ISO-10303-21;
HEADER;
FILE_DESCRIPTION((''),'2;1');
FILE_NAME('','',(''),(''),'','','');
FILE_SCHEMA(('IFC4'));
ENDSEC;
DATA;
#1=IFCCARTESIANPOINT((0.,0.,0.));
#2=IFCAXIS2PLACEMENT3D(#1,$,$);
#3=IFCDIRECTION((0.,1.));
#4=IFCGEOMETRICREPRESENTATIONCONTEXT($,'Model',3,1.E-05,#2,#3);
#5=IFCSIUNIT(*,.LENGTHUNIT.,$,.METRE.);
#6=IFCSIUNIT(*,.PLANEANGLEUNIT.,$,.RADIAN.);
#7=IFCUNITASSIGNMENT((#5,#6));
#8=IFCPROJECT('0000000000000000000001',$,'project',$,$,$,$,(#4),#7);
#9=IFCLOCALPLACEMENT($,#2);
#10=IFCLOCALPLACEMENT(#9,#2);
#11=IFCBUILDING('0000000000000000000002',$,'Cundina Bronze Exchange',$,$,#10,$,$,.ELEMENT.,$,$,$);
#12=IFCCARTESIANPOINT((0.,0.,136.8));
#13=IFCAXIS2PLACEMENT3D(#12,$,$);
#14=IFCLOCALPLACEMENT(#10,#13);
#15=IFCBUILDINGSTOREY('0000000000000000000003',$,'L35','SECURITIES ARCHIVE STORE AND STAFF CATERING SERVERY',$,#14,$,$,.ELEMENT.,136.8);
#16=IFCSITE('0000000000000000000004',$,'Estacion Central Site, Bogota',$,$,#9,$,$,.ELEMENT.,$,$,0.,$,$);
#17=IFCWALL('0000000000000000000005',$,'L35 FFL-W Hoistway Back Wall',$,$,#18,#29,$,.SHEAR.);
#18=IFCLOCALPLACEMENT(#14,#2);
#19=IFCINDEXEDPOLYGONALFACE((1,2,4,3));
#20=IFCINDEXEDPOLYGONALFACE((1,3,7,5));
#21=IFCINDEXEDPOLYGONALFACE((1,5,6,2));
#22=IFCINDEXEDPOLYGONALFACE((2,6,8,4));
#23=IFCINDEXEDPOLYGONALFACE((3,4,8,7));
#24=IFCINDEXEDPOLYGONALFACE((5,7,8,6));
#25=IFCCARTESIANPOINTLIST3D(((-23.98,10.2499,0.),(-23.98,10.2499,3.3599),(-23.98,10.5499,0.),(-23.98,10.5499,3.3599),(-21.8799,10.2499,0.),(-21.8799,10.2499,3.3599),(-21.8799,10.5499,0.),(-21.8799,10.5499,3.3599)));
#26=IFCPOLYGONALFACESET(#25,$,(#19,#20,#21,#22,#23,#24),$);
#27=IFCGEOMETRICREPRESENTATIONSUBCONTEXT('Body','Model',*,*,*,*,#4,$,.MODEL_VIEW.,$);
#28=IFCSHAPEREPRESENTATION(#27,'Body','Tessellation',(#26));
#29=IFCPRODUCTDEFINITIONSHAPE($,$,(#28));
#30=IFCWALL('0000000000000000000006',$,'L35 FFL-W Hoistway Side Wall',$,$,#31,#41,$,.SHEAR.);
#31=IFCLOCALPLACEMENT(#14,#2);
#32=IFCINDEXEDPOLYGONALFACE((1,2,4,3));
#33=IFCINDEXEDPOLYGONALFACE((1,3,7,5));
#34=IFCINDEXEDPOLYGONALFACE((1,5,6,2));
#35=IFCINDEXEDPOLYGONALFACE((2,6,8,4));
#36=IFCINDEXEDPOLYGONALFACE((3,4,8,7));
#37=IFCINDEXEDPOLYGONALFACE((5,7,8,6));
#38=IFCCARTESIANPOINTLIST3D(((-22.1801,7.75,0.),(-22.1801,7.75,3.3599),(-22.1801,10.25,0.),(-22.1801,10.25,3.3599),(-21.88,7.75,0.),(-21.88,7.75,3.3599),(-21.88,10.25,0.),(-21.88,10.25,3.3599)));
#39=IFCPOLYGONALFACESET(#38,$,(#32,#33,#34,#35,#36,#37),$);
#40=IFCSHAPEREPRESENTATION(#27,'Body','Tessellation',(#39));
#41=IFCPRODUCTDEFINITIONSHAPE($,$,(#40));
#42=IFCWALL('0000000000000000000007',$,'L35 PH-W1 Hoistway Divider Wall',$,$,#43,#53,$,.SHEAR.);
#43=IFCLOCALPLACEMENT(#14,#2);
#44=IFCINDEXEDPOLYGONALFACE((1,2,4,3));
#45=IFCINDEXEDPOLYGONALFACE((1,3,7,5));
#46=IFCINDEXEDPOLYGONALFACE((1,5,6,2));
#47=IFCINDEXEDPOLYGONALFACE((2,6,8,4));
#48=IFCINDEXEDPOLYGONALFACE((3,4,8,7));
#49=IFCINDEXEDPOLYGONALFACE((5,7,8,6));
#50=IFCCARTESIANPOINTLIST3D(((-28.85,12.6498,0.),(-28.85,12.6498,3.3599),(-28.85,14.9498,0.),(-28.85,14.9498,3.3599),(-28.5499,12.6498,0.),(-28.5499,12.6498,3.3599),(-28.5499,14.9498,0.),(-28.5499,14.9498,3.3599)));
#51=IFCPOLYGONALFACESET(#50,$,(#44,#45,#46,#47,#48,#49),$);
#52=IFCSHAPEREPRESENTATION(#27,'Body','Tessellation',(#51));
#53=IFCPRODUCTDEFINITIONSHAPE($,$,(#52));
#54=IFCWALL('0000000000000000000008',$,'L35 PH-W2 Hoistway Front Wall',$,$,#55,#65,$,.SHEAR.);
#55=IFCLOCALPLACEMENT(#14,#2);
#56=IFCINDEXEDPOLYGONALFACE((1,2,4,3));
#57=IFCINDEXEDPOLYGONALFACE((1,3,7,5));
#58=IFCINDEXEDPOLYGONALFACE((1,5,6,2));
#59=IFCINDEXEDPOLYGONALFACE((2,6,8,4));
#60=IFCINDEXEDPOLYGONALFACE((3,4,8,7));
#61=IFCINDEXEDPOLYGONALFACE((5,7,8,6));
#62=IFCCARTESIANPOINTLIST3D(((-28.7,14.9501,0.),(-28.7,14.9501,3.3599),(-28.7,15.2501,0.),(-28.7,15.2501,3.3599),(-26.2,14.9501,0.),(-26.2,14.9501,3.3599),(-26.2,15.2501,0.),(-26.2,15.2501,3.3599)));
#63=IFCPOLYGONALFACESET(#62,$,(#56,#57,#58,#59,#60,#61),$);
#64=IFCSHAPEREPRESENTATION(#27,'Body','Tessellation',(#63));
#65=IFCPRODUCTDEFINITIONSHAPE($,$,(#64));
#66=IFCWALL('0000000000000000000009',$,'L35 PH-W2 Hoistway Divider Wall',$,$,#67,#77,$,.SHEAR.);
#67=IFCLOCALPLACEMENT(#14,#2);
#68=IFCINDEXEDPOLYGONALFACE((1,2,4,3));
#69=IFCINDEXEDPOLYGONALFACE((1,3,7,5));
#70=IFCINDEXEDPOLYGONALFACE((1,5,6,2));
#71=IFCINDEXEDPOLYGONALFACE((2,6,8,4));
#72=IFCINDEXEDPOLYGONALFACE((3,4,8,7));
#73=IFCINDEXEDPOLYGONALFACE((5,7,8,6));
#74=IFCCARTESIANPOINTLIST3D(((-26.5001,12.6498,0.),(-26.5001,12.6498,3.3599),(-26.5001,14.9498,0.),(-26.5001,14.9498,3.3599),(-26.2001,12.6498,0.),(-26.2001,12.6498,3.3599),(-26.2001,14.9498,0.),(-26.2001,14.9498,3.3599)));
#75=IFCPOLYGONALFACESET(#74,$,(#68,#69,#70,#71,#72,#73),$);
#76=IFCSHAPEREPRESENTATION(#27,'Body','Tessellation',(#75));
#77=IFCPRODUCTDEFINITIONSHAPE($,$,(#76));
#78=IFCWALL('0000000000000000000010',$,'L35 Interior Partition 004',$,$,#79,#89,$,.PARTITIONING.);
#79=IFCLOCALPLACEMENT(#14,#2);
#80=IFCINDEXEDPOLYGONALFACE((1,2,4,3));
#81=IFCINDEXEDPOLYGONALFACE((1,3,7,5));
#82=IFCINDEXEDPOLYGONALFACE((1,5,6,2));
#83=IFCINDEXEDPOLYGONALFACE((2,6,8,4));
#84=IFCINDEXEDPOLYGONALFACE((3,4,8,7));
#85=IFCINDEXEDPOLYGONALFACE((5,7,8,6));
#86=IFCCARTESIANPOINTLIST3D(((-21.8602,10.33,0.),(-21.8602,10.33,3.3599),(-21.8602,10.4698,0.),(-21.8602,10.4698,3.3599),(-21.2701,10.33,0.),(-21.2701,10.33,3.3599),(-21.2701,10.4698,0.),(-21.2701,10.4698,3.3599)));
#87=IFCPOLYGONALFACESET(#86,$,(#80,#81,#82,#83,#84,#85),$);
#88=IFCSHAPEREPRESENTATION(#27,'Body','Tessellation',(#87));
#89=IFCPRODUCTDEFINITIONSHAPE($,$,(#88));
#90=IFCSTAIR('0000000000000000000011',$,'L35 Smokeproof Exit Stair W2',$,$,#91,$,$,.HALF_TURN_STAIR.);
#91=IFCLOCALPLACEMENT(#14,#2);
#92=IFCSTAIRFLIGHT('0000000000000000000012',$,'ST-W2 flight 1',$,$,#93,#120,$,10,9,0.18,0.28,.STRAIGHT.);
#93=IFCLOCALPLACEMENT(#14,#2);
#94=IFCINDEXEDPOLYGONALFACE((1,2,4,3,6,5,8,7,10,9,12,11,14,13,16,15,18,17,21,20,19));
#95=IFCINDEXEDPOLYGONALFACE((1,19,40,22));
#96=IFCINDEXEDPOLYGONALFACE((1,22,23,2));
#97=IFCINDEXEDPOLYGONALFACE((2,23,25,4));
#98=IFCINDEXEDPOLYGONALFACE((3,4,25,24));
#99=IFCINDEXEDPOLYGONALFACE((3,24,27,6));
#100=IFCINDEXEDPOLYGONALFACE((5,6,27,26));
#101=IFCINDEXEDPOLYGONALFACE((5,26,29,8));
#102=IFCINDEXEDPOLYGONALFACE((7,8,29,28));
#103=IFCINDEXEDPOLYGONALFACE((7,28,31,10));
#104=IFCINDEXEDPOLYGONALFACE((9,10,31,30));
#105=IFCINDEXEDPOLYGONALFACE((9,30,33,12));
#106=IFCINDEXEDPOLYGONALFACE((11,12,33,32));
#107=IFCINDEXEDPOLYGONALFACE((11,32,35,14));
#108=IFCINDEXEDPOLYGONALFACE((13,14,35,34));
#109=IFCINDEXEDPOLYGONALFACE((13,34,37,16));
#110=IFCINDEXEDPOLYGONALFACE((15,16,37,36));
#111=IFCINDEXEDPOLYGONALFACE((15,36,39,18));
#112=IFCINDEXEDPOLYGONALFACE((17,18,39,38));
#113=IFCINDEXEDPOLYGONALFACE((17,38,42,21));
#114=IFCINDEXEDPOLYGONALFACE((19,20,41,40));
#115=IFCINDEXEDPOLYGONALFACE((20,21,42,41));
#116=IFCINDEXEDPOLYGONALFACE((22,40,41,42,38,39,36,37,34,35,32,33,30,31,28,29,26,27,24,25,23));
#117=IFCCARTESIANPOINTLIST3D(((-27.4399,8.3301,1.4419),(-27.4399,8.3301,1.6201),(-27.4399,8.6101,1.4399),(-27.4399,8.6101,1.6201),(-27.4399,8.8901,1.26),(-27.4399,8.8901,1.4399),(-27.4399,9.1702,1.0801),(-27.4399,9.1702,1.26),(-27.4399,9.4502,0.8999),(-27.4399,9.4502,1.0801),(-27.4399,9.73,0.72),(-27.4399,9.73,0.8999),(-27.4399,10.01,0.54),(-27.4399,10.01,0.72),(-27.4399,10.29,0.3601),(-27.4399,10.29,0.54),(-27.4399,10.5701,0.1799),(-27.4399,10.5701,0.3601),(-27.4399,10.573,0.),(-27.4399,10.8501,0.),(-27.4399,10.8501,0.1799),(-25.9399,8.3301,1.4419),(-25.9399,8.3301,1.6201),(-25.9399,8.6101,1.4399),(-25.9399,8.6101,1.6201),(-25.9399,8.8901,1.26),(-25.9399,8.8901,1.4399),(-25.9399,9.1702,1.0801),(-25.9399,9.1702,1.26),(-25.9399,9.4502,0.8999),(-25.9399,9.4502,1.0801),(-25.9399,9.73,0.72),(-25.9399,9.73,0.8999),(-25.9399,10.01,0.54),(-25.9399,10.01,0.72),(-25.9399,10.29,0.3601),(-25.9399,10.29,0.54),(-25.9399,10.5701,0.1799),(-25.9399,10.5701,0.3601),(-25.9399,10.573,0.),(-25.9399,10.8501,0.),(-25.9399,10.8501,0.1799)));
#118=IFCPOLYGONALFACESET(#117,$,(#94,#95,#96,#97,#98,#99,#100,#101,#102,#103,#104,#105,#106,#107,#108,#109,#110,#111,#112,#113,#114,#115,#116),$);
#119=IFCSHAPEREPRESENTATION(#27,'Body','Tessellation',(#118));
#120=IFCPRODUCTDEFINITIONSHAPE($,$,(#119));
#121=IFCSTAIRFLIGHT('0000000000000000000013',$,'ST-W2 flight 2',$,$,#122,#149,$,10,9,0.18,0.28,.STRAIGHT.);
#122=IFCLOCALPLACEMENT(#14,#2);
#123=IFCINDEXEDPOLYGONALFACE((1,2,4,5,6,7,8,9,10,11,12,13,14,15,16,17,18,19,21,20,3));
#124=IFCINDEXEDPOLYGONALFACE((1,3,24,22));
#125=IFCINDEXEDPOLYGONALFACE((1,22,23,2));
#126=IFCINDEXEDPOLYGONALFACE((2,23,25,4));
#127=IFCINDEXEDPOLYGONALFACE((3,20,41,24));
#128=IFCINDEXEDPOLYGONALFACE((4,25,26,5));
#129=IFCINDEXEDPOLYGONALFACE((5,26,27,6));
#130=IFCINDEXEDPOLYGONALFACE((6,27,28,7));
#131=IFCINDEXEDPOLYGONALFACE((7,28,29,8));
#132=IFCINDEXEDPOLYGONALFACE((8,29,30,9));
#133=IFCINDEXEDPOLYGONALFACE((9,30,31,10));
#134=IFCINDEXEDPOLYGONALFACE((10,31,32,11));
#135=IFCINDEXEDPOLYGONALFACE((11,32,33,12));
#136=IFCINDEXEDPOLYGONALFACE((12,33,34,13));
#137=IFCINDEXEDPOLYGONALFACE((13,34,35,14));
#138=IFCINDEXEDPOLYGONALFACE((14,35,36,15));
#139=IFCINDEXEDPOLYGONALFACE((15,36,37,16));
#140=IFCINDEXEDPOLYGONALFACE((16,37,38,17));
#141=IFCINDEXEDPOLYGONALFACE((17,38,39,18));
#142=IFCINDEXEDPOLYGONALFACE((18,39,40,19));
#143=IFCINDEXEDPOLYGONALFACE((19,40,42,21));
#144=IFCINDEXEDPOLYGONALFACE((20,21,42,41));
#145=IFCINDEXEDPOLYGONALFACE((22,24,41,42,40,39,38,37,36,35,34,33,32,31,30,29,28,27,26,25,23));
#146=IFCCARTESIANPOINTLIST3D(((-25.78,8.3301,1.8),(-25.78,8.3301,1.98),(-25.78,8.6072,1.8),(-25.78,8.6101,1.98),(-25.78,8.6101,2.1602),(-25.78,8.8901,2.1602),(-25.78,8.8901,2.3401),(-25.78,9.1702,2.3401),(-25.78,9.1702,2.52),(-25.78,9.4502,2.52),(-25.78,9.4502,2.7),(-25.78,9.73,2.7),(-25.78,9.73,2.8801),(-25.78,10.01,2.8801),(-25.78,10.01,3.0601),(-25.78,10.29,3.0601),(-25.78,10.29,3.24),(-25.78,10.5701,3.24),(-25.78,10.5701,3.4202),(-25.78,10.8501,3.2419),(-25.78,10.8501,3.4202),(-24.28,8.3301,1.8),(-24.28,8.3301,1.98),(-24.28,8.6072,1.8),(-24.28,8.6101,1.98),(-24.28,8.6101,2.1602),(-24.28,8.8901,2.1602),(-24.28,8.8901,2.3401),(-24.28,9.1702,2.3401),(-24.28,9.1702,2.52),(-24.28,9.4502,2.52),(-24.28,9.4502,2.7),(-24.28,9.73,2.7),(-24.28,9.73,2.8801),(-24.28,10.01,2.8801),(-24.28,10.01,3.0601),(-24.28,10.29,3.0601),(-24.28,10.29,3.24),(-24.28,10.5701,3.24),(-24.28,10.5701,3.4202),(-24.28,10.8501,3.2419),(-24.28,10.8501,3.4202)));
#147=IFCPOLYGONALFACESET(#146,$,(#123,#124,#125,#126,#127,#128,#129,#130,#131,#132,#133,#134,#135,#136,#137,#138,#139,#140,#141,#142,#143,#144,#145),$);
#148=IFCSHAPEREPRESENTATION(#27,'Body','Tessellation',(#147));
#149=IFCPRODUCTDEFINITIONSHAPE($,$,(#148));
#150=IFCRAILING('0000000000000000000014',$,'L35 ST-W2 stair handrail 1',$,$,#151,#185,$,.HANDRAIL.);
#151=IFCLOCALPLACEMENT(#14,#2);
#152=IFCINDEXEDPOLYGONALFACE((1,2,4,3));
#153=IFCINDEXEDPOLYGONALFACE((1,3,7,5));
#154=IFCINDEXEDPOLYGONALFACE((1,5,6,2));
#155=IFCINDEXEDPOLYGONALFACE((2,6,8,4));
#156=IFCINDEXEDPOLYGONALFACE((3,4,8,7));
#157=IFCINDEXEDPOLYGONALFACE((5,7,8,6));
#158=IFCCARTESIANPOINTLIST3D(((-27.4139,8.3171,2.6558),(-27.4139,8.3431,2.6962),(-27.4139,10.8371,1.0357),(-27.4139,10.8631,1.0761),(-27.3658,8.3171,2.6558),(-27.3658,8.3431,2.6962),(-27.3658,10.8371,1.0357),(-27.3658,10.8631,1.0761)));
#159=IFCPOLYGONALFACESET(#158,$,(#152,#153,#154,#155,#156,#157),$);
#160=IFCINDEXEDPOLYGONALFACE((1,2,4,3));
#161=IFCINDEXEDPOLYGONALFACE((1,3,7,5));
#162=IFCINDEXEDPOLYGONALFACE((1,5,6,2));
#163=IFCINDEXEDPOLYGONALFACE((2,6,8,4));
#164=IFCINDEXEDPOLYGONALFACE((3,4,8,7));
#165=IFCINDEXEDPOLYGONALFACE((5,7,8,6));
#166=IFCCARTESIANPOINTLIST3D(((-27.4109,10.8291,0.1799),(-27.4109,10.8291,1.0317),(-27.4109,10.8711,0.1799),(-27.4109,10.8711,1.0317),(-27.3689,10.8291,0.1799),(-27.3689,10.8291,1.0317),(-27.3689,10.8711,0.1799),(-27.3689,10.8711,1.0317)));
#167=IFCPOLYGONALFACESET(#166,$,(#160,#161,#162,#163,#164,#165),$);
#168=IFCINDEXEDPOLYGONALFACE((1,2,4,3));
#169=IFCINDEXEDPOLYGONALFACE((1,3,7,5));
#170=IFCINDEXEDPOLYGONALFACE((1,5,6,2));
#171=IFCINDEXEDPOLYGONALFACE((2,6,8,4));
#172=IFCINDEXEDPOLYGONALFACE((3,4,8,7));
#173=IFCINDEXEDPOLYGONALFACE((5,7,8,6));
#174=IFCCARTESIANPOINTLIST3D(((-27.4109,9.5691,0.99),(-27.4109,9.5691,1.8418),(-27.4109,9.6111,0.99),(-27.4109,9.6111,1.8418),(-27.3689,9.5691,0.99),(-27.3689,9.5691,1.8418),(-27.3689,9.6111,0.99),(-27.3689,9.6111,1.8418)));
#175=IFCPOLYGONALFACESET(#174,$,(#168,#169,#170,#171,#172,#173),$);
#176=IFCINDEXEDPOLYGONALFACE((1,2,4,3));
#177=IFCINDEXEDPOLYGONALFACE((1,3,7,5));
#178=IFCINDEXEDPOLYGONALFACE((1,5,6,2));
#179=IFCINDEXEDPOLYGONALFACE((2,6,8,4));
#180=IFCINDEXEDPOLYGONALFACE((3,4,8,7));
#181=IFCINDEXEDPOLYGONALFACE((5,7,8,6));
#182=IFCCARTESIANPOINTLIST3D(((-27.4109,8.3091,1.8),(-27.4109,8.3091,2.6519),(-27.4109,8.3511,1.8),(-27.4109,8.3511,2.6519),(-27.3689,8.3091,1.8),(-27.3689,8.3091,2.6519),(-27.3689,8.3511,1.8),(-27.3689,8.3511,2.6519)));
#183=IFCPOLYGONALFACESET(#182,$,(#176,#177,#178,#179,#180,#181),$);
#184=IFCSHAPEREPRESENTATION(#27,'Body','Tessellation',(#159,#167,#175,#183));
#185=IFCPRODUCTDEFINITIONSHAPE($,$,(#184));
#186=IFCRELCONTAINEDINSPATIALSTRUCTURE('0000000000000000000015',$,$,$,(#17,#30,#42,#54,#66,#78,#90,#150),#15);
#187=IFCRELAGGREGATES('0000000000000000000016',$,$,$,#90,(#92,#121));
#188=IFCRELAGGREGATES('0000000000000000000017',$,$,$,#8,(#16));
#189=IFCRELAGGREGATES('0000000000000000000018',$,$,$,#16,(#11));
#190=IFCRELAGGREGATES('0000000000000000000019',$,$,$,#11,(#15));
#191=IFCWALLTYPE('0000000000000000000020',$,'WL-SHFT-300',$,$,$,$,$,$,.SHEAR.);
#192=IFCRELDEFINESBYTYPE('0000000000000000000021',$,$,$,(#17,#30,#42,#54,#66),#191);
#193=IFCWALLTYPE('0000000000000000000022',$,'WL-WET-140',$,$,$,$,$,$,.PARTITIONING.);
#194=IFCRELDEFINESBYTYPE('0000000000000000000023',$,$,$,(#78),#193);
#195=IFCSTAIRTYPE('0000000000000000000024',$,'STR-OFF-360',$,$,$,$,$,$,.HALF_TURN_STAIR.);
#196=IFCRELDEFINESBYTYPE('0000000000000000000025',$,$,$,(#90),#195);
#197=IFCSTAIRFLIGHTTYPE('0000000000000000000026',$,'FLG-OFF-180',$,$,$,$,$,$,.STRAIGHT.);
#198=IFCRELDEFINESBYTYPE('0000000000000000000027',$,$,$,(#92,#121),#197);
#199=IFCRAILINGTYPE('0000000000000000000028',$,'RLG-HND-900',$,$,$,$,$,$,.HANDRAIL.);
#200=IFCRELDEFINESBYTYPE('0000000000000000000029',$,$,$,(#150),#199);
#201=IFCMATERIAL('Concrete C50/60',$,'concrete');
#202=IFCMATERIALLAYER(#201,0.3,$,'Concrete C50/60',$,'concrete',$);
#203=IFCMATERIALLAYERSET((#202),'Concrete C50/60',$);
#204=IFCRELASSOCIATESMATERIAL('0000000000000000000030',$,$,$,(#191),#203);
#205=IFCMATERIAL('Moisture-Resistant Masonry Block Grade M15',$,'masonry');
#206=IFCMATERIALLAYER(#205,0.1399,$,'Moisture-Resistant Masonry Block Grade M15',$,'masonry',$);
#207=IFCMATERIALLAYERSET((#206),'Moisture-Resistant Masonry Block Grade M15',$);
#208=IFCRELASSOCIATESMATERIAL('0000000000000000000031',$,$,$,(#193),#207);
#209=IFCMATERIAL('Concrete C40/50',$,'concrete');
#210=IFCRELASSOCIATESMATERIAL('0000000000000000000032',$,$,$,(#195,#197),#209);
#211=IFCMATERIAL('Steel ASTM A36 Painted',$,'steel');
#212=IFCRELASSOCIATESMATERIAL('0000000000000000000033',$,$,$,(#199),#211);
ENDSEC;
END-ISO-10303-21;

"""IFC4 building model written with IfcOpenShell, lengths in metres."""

from ifc_helpers import new_model, si_unit, direction, frame, frame_2d, origin, origin_2d, place, context, subcontext, project, spatial, polyline, rectangle, outline, extrude, material, layer, layer_set, type_object, element, aggregate, save


model = new_model("IFC4")

# Units and contexts
model_context = context("Model", 3, precision=1e-05, world=origin(), true_north=direction((0.0, 1.0)))
body_context = subcontext(model_context, "Body", "Model", "MODEL_VIEW")
ifc_project = project(units=[si_unit("LENGTHUNIT", "METRE"), si_unit("PLANEANGLEUNIT", "RADIAN")], contexts=[model_context])

# Site, building, storey
site_placement = place(None, origin())
site = spatial("IfcSite", under=ifc_project, at=site_placement, Name="Estacion Central Site, Bogota", CompositionType="ELEMENT", RefElevation=0.0)
building_placement = place(site_placement, origin())
building = spatial("IfcBuilding", under=site, at=building_placement, Name="Cundina Bronze Exchange", CompositionType="ELEMENT")
storey_placement = place(building_placement, frame((0.0, 0.0, 136.8)))
storey = spatial("IfcBuildingStorey", under=building, at=storey_placement, Name="L35", Description="SECURITIES ARCHIVE STORE AND STAFF CATERING SERVERY", CompositionType="ELEMENT", Elevation=136.8)

# Shared definitions
ifc_material_1 = material(Name="Concrete C50/60", Category="concrete")

# Shared definitions
ifc_layer_1 = layer(ifc_material_1, 0.3, Name="Concrete C50/60", Category="concrete")
ifc_layer_set_1 = layer_set([ifc_layer_1], Name="Concrete C50/60")
wall_type_1 = type_object("IfcWallType", Name="WL-SHFT-300", PredefinedType="SHEAR", material=ifc_layer_set_1)
ifc_material_2 = material(Name="Steel ASTM A36 Painted", Category="steel")

# Walls
wall_1_placement = place(storey_placement, frame((-23.98, 10.3999, 0.0), z_axis=(0.0, 0.0, 1.0), x_axis=(1.0, 0.0, 0.0)))
element("IfcWall", 1, at=wall_1_placement, inside=storey, type_object=wall_type_1, Name="L35 FFL-W Hoistway Back Wall", PredefinedType="SHEAR", context=body_context, shape_type="SweptSolid", body=[
    extrude(rectangle(XDim=2.1001, YDim=0.3, at=frame_2d((1.05, 0.0))), origin(), (0.0, 0.0, 1.0), 3.3599),
])
wall_2_placement = place(storey_placement, frame((-22.03, 7.75, 0.0), z_axis=(0.0, 0.0, 1.0), x_axis=(0.0, 1.0, 0.0)))
element("IfcWall", 2, at=wall_2_placement, inside=storey, type_object=wall_type_1, Name="L35 FFL-W Hoistway Side Wall", PredefinedType="SHEAR", context=body_context, shape_type="SweptSolid", body=[
    extrude(rectangle(XDim=2.5, YDim=0.3, at=frame_2d((1.25, 0.0))), origin(), (0.0, 0.0, 1.0), 3.3599),
])
wall_3_placement = place(storey_placement, frame((-28.7, 12.6499, 0.0), z_axis=(0.0, 0.0, 1.0), x_axis=(0.0, 1.0, 0.0)))
element("IfcWall", 3, at=wall_3_placement, inside=storey, type_object=wall_type_1, Name="L35 PH-W1 Hoistway Divider Wall", PredefinedType="SHEAR", context=body_context, shape_type="SweptSolid", body=[
    extrude(rectangle(XDim=2.3, YDim=0.3, at=frame_2d((1.1499, 0.0))), origin(), (0.0, 0.0, 1.0), 3.3599),
])
wall_4_placement = place(storey_placement, frame((-28.7, 15.1001, 0.0), z_axis=(0.0, 0.0, 1.0), x_axis=(1.0, 0.0, 0.0)))
element("IfcWall", 4, at=wall_4_placement, inside=storey, type_object=wall_type_1, Name="L35 PH-W2 Hoistway Front Wall", PredefinedType="SHEAR", context=body_context, shape_type="SweptSolid", body=[
    extrude(rectangle(XDim=2.5, YDim=0.3, at=frame_2d((1.25, 0.0))), origin(), (0.0, 0.0, 1.0), 3.3599),
])
wall_5_placement = place(storey_placement, frame((-26.3501, 12.6499, 0.0), z_axis=(0.0, 0.0, 1.0), x_axis=(0.0, 1.0, 0.0)))
element("IfcWall", 5, at=wall_5_placement, inside=storey, type_object=wall_type_1, Name="L35 PH-W2 Hoistway Divider Wall", PredefinedType="SHEAR", context=body_context, shape_type="SweptSolid", body=[
    extrude(rectangle(XDim=2.3, YDim=0.3, at=frame_2d((1.1499, 0.0))), origin(), (0.0, 0.0, 1.0), 3.3599),
])
ifc_material_3 = material(Name="Moisture-Resistant Masonry Block Grade M15", Category="masonry")
ifc_layer_2 = layer(ifc_material_3, 0.1399, Name="Moisture-Resistant Masonry Block Grade M15", Category="masonry")
ifc_layer_set_2 = layer_set([ifc_layer_2], Name="Moisture-Resistant Masonry Block Grade M15")
wall_type_2 = type_object("IfcWallType", Name="WL-WET-140", PredefinedType="PARTITIONING", material=ifc_layer_set_2)
wall_6_placement = place(storey_placement, frame((-21.8601, 10.3999, 0.0), z_axis=(0.0, 0.0, 1.0), x_axis=(1.0, 0.0, 0.0)))
element("IfcWall", 6, at=wall_6_placement, inside=storey, type_object=wall_type_2, Name="L35 Interior Partition 004", PredefinedType="PARTITIONING", context=body_context, shape_type="SweptSolid", body=[
    extrude(rectangle(XDim=0.5901, YDim=0.1399, at=frame_2d((0.2949, 0.0))), origin(), (0.0, 0.0, 1.0), 3.3599),
])

# Stair, stair flights
ifc_material_4 = material(Name="Concrete C40/50", Category="concrete")
stair_type = type_object("IfcStairType", Name="STR-OFF-360", PredefinedType="HALF_TURN_STAIR", material=ifc_material_4)
stair_placement = place(storey_placement, origin())
stair = element("IfcStair", 7, at=stair_placement, inside=storey, type_object=stair_type, Name="L35 Smokeproof Exit Stair W2", PredefinedType="HALF_TURN_STAIR")
stair_flight_type = type_object("IfcStairFlightType", Name="FLG-OFF-180", PredefinedType="STRAIGHT", material=ifc_material_4)
stair_flight_1_placement = place(storey_placement, frame((-26.6899, 10.8501, 0.0), z_axis=(0.0, 0.0, 1.0), x_axis=(0.0, -1.0, 0.0)))
stair_flight_1 = element("IfcStairFlight", 8, at=stair_flight_1_placement, type_object=stair_flight_type, Name="ST-W2 flight 1", NumberOfRisers=10, NumberOfTreads=9, PredefinedType="STRAIGHT", RiserHeight=0.18, TreadLength=0.28, context=body_context, shape_type="SweptSolid", body=[
    extrude(outline(polyline([(0.0, 0.0), (0.0, 0.1799), (0.28, 0.1799), (0.28, 0.3601), (0.5601, 0.3601), (0.5601, 0.54), (0.8401, 0.54), (0.8401, 0.72), (1.1201, 0.72), (1.1201, 0.8999), (1.3999, 0.8999), (1.3999, 1.0801), (1.6799, 1.0801), (1.6799, 1.26), (1.96, 1.26), (1.96, 1.4399), (2.24, 1.4399), (2.24, 1.6201), (2.52, 1.6201), (2.52, 1.8), (2.52, 1.4419), (0.2771, 0.0), (0.0, 0.0)])), frame((0.0, 0.75, 0.0), z_axis=(0.0, -1.0, 0.0), x_axis=(1.0, 0.0, 0.0)), (0.0, 0.0, 1.0), 1.5),
])
stair_flight_2_placement = place(storey_placement, frame((-25.03, 8.3301, 1.8), z_axis=(0.0, 0.0, 1.0), x_axis=(0.0, 1.0, 0.0)))
stair_flight_2 = element("IfcStairFlight", 9, at=stair_flight_2_placement, type_object=stair_flight_type, Name="ST-W2 flight 2", NumberOfRisers=10, NumberOfTreads=9, PredefinedType="STRAIGHT", RiserHeight=0.18, TreadLength=0.28, context=body_context, shape_type="SweptSolid", body=[
    extrude(outline(polyline([(0.0, 0.0), (0.0, 0.1799), (0.28, 0.1799), (0.28, 0.3601), (0.5601, 0.3601), (0.5601, 0.54), (0.8401, 0.54), (0.8401, 0.72), (1.1201, 0.72), (1.1201, 0.8999), (1.3999, 0.8999), (1.3999, 1.0801), (1.6799, 1.0801), (1.6799, 1.26), (1.96, 1.26), (1.96, 1.4399), (2.24, 1.4399), (2.24, 1.6201), (2.52, 1.6201), (2.52, 1.8), (2.52, 1.4419), (0.2771, 0.0), (0.0, 0.0)])), frame((0.0, 0.75, 0.0), z_axis=(0.0, -1.0, 0.0), x_axis=(1.0, 0.0, 0.0)), (0.0, 0.0, 1.0), 1.5),
])
aggregate(stair, [stair_flight_1, stair_flight_2])

# Railing
railing_type_1 = type_object("IfcRailingType", Name="RLG-HND-900", PredefinedType="HANDRAIL", material=ifc_material_2)
railing_1_placement = place(storey_placement, frame((-27.3899, 10.8501, 0.1799)))
element("IfcRailing", 10, at=railing_1_placement, inside=storey, type_object=railing_type_1, Name="L35 ST-W2 stair handrail 1", PredefinedType="HANDRAIL", context=body_context, shape_type="SweptSolid", body=[
    extrude(rectangle(XDim=0.0481, YDim=0.0481, at=origin_2d()), frame((0.0, 0.0, 0.876), z_axis=(0.0, -0.841163, 0.540782), x_axis=(1.0, 0.0, 0.0)), (0.0, 0.0, 1.0), 2.9958),
    extrude(rectangle(XDim=0.042, YDim=0.042, at=origin_2d()), origin(), (0.0, 0.0, 1.0), 0.8518),
    extrude(rectangle(XDim=0.042, YDim=0.042, at=origin_2d()), frame((0.0, -1.26, 0.8101)), (0.0, 0.0, 1.0), 0.8518),
    extrude(rectangle(XDim=0.042, YDim=0.042, at=origin_2d()), frame((0.0, -2.52, 1.6201)), (0.0, 0.0, 1.0), 0.8518),
])

save(model, "model.ifc")
